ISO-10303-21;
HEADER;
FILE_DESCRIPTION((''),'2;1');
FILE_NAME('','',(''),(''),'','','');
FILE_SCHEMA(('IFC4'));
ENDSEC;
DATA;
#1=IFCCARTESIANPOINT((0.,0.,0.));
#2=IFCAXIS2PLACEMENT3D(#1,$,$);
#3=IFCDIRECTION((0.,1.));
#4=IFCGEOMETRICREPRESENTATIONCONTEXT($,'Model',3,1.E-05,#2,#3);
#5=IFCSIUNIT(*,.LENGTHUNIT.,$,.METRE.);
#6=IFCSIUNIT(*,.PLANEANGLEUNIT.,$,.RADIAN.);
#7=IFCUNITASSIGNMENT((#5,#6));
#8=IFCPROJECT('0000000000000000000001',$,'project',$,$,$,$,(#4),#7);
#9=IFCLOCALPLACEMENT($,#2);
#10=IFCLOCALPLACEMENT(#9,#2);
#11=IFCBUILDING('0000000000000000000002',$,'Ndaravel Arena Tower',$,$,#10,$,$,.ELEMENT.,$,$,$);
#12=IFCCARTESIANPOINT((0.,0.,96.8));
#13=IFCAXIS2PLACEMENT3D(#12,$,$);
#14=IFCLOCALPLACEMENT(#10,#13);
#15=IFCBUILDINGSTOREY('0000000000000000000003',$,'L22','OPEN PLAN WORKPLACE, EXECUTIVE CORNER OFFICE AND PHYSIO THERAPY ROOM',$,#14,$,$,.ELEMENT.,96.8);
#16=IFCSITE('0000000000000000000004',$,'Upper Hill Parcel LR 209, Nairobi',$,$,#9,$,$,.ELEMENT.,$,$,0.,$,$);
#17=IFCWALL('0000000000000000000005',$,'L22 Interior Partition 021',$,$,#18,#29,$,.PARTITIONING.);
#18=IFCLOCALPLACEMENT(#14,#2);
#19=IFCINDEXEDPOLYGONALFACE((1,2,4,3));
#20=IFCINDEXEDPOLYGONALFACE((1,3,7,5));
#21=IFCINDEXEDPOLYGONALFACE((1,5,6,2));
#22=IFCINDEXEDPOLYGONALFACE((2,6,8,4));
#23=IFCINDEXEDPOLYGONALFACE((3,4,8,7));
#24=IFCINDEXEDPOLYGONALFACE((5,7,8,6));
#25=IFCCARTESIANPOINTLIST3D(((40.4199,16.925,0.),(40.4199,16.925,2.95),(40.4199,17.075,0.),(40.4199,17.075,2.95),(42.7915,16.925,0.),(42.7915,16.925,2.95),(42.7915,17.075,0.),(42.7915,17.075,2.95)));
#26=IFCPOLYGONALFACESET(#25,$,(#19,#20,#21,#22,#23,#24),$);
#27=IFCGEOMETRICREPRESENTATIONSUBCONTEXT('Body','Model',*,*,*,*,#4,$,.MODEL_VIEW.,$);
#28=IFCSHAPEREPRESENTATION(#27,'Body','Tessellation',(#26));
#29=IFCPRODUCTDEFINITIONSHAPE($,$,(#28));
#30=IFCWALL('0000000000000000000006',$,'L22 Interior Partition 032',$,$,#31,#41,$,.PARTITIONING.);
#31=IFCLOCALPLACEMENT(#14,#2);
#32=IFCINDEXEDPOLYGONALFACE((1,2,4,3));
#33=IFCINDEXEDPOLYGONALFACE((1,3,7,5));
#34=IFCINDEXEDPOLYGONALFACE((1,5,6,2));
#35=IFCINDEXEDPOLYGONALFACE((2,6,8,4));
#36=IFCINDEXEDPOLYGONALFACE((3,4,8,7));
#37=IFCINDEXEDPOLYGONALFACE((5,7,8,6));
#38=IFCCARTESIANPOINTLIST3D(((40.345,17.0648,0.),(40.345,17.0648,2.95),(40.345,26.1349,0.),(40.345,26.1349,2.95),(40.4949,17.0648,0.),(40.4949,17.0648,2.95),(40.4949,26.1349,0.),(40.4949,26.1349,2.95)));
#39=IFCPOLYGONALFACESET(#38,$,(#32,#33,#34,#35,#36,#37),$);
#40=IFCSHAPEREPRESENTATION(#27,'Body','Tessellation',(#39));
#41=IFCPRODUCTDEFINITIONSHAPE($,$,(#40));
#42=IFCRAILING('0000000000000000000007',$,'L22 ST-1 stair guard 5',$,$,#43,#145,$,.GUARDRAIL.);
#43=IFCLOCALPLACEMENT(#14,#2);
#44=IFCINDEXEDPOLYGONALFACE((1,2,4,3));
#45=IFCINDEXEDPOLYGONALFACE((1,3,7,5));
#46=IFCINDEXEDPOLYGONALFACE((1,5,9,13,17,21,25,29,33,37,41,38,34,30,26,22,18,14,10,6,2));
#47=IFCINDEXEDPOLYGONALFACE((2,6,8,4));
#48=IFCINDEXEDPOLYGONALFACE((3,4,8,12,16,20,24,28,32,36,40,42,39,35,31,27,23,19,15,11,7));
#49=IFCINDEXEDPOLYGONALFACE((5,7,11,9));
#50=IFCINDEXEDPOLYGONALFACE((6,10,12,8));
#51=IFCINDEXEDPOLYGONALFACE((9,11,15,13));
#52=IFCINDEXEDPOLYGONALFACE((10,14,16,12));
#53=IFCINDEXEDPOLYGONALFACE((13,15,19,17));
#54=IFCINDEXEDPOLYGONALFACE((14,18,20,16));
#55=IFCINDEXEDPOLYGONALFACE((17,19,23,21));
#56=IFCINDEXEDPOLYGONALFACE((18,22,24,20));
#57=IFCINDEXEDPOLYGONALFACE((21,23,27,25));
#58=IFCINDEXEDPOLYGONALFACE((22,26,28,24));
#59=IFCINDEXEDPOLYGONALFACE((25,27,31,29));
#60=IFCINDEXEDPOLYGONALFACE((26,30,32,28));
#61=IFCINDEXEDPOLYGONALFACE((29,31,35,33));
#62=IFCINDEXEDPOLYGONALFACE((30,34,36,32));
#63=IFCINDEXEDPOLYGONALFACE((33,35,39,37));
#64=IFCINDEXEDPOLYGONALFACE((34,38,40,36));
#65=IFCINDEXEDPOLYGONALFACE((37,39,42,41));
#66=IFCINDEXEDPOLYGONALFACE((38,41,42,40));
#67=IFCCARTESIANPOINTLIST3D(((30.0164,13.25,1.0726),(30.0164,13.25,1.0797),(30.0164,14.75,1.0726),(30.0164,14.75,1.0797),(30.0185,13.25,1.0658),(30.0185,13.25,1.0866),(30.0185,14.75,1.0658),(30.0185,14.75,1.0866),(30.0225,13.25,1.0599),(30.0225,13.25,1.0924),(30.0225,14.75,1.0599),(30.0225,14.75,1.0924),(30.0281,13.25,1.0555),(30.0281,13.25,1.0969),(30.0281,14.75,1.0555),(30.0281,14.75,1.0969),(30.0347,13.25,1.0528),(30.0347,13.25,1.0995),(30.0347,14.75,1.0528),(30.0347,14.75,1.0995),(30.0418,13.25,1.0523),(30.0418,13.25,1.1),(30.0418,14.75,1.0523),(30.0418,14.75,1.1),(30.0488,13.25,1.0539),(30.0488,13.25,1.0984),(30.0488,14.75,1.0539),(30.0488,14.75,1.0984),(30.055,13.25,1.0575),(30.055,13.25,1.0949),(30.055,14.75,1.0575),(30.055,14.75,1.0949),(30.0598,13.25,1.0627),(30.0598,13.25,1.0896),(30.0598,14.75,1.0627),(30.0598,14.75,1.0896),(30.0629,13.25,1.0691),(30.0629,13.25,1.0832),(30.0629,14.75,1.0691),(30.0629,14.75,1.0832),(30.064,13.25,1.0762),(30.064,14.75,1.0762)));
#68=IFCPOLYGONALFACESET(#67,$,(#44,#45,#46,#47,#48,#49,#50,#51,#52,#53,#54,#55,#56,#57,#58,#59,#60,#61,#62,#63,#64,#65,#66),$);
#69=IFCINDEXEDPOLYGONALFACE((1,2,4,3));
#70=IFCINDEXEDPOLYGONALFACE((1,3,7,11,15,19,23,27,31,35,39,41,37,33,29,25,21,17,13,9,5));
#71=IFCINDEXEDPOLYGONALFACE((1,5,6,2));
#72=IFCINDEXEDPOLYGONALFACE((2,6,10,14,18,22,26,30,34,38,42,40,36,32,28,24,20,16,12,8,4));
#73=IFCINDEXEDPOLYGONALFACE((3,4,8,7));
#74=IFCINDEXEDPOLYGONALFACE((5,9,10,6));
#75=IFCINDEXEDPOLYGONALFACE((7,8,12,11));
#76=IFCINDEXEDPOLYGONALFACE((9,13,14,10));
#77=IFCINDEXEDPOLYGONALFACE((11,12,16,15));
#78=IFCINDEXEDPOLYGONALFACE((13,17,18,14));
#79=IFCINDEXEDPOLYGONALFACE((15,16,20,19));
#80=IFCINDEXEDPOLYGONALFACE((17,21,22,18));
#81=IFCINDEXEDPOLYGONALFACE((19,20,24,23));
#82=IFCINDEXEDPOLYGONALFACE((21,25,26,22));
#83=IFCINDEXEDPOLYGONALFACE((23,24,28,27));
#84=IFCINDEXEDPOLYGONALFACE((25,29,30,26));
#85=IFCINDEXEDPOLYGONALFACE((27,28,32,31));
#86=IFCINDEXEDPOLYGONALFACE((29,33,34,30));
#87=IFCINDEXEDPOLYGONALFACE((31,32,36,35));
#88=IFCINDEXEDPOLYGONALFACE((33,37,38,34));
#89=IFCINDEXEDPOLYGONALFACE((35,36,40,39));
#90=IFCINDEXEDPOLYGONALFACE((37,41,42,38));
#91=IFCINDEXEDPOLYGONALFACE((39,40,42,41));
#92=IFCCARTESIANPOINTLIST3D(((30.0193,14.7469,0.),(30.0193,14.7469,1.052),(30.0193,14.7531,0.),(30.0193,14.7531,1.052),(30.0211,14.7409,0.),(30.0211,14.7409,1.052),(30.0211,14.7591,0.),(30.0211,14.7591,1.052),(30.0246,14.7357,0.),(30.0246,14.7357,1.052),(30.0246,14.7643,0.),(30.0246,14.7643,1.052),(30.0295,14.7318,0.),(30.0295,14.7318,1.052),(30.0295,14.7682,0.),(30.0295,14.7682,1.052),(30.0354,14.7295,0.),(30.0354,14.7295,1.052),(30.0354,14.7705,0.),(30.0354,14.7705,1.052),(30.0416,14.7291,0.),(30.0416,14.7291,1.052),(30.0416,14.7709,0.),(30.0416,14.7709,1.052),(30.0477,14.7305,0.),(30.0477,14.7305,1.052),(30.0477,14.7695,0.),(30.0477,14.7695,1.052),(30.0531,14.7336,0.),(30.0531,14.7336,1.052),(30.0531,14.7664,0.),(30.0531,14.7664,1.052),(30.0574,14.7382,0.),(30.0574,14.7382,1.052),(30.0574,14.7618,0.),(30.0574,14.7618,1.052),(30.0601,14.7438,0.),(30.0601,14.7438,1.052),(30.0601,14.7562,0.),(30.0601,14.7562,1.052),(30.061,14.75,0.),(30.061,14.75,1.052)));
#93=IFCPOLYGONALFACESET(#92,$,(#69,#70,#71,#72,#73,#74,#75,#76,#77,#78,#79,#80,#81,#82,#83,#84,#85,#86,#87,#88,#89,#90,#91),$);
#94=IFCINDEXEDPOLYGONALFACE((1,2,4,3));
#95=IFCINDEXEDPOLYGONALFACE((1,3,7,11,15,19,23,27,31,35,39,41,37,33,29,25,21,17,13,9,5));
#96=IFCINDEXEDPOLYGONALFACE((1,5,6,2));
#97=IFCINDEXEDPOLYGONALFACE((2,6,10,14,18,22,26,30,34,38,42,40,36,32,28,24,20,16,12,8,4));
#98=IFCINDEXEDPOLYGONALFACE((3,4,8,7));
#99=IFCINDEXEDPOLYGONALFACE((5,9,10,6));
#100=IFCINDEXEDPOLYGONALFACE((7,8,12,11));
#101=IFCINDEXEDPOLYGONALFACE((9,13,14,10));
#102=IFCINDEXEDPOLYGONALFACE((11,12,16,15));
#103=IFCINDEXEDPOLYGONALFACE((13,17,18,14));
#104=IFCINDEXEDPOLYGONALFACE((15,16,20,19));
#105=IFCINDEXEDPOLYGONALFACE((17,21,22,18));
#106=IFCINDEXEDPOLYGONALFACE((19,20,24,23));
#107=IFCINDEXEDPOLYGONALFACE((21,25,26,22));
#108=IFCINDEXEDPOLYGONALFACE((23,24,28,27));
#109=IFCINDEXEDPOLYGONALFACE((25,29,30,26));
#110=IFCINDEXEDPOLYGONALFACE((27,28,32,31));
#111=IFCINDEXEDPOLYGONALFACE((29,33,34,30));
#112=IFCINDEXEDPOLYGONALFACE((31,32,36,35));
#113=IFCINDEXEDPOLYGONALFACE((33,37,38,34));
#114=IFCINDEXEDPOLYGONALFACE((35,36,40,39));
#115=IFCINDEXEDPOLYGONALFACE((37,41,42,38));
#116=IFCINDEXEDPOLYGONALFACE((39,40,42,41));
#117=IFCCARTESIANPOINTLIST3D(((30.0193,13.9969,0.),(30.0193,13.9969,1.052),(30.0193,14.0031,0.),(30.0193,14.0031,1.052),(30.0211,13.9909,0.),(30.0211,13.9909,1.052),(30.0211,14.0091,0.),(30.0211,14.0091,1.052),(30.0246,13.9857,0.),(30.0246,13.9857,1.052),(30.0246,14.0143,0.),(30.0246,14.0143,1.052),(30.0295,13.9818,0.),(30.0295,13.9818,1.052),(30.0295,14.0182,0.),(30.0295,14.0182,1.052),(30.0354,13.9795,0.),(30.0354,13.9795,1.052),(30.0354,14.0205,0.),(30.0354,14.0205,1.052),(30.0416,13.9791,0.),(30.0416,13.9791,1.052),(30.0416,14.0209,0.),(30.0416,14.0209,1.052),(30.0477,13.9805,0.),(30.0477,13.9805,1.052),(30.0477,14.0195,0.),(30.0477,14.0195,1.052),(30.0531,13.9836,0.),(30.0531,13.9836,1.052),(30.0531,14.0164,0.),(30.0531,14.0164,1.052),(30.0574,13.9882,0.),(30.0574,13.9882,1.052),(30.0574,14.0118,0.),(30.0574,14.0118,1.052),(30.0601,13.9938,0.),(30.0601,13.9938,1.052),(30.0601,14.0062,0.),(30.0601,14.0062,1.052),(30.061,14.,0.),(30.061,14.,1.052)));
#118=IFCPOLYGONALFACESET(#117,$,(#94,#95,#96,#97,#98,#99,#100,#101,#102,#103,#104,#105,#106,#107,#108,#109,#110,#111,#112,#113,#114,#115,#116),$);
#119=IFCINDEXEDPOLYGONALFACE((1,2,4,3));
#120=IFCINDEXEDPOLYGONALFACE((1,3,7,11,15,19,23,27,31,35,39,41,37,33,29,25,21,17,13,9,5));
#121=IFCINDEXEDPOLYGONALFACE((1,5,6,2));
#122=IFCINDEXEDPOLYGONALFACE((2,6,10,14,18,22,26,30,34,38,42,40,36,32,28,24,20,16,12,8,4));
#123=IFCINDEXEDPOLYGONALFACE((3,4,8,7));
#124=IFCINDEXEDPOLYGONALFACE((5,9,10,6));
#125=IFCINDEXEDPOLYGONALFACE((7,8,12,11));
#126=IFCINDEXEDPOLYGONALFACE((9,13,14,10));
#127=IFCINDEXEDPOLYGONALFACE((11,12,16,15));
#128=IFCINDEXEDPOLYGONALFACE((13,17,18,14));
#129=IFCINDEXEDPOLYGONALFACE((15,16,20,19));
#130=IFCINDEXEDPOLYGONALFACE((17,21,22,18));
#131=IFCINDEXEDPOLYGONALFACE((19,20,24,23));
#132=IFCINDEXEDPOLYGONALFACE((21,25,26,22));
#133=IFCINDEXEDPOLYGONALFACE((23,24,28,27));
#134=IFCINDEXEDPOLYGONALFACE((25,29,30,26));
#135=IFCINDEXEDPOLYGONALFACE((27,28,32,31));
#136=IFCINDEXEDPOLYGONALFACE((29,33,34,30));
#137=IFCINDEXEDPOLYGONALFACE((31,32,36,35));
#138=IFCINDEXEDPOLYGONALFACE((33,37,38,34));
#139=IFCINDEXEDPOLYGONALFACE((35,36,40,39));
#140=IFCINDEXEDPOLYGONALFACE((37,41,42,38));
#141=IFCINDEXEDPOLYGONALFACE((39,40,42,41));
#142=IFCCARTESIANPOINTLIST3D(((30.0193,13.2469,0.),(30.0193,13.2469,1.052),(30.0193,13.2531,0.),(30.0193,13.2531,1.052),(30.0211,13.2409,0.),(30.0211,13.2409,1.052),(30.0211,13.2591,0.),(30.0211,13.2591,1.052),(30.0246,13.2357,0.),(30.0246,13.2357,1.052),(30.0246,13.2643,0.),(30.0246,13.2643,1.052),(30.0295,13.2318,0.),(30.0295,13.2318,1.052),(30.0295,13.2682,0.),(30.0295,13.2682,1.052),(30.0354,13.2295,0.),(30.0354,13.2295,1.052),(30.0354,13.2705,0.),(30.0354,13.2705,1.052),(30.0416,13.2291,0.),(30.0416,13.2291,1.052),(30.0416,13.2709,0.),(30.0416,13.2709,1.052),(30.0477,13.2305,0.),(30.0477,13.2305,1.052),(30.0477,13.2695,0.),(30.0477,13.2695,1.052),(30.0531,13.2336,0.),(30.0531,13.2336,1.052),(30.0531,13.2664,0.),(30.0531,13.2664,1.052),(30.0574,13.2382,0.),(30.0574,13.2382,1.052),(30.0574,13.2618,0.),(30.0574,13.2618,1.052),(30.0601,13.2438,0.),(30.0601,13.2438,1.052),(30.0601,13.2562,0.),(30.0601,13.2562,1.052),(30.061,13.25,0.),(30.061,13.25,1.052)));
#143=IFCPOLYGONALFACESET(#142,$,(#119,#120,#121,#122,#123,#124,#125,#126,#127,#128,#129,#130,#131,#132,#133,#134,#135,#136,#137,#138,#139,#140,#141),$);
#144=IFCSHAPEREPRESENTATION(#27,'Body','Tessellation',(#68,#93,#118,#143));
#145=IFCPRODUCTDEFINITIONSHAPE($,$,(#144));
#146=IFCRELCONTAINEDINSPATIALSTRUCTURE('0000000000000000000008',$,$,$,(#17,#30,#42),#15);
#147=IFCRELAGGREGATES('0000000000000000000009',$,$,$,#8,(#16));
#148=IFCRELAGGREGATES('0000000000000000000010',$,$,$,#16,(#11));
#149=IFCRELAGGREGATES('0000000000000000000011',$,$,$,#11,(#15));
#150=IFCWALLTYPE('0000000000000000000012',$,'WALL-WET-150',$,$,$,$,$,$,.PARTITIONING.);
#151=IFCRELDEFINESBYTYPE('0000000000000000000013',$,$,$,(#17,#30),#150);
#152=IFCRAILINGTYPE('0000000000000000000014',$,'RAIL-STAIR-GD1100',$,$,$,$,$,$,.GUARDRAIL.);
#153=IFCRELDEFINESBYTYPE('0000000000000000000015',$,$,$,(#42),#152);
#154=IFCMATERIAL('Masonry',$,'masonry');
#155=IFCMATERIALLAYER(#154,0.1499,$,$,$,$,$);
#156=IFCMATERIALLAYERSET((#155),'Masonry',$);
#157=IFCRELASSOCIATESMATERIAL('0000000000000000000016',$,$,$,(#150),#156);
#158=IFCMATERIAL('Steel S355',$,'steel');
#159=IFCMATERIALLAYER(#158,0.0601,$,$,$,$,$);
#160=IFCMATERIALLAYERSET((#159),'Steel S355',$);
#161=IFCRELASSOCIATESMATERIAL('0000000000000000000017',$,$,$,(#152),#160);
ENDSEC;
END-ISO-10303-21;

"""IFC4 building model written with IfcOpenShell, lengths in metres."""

from ifc_helpers import new_model, si_unit, direction, frame, frame_2d, origin, origin_2d, place, context, subcontext, project, spatial, rectangle, circle, extrude, material, layer, layer_set, type_object, element, save


model = new_model("IFC4")

# Units and contexts
model_context = context("Model", 3, precision=1e-05, world=origin(), true_north=direction((0.0, 1.0)))
body_context = subcontext(model_context, "Body", "Model", "MODEL_VIEW")
ifc_project = project(units=[si_unit("LENGTHUNIT", "METRE"), si_unit("PLANEANGLEUNIT", "RADIAN")], contexts=[model_context])

# Site, building, storey
site_placement = place(None, origin())
site = spatial("IfcSite", under=ifc_project, at=site_placement, Name="Upper Hill Parcel LR 209, Nairobi", CompositionType="ELEMENT", RefElevation=0.0)
building_placement = place(site_placement, origin())
building = spatial("IfcBuilding", under=site, at=building_placement, Name="Ndaravel Arena Tower", CompositionType="ELEMENT")
storey_placement = place(building_placement, frame((0.0, 0.0, 96.8)))
storey = spatial("IfcBuildingStorey", under=building, at=storey_placement, Name="L22", Description="OPEN PLAN WORKPLACE, EXECUTIVE CORNER OFFICE AND PHYSIO THERAPY ROOM", CompositionType="ELEMENT", Elevation=96.8)

# Walls
ifc_material_1 = material(Name="Masonry", Category="masonry")
ifc_layer_1 = layer(ifc_material_1, 0.1499)
ifc_layer_set_1 = layer_set([ifc_layer_1], Name="Masonry")
wall_type_1 = type_object("IfcWallType", Name="WALL-WET-150", PredefinedType="PARTITIONING", material=ifc_layer_set_1)
wall_1_placement = place(storey_placement, frame((40.4199, 17.0, 0.0), z_axis=(0.0, 0.0, 1.0), x_axis=(1.0, 0.0, 0.0)))
element("IfcWall", 1, at=wall_1_placement, inside=storey, type_object=wall_type_1, Name="L22 Interior Partition 021", PredefinedType="PARTITIONING", context=body_context, shape_type="SweptSolid", body=[
    extrude(rectangle(XDim=2.3716, YDim=0.1499, at=frame_2d((1.1858, 0.0))), origin(), (0.0, 0.0, 1.0), 2.95),
])
wall_2_placement = place(storey_placement, frame((40.4199, 26.135, 0.0), z_axis=(0.0, 0.0, 1.0), x_axis=(0.0, -1.0, 0.0)))
element("IfcWall", 2, at=wall_2_placement, inside=storey, type_object=wall_type_1, Name="L22 Interior Partition 032", PredefinedType="PARTITIONING", context=body_context, shape_type="SweptSolid", body=[
    extrude(rectangle(XDim=9.0701, YDim=0.1499, at=frame_2d((4.5352, 0.0))), origin(), (0.0, 0.0, 1.0), 2.95),
])

# Railing
ifc_material_2 = material(Name="Steel S355", Category="steel")
ifc_layer_2 = layer(ifc_material_2, 0.0601)
ifc_layer_set_2 = layer_set([ifc_layer_2], Name="Steel S355")
railing_type = type_object("IfcRailingType", Name="RAIL-STAIR-GD1100", PredefinedType="GUARDRAIL", material=ifc_layer_set_2)
railing_placement = place(storey_placement, frame((30.04, 14.75, 0.0)))
element("IfcRailing", 3, at=railing_placement, inside=storey, type_object=railing_type, Name="L22 ST-1 stair guard 5", PredefinedType="GUARDRAIL", context=body_context, shape_type="SweptSolid", body=[
    extrude(circle(Radius=0.0239, at=origin_2d()), frame((0.0, 0.0, 1.0762), z_axis=(0.0, -1.0, 0.0), x_axis=(1.0, 0.0, 0.0)), (0.0, 0.0, 1.0), 1.5),
    extrude(circle(Radius=0.021, at=origin_2d()), origin(), (0.0, 0.0, 1.0), 1.052),
    extrude(circle(Radius=0.021, at=origin_2d()), frame((0.0, -0.75, 0.0)), (0.0, 0.0, 1.0), 1.052),
    extrude(circle(Radius=0.021, at=origin_2d()), frame((0.0, -1.5, 0.0)), (0.0, 0.0, 1.0), 1.052),
])

save(model, "model.ifc")
